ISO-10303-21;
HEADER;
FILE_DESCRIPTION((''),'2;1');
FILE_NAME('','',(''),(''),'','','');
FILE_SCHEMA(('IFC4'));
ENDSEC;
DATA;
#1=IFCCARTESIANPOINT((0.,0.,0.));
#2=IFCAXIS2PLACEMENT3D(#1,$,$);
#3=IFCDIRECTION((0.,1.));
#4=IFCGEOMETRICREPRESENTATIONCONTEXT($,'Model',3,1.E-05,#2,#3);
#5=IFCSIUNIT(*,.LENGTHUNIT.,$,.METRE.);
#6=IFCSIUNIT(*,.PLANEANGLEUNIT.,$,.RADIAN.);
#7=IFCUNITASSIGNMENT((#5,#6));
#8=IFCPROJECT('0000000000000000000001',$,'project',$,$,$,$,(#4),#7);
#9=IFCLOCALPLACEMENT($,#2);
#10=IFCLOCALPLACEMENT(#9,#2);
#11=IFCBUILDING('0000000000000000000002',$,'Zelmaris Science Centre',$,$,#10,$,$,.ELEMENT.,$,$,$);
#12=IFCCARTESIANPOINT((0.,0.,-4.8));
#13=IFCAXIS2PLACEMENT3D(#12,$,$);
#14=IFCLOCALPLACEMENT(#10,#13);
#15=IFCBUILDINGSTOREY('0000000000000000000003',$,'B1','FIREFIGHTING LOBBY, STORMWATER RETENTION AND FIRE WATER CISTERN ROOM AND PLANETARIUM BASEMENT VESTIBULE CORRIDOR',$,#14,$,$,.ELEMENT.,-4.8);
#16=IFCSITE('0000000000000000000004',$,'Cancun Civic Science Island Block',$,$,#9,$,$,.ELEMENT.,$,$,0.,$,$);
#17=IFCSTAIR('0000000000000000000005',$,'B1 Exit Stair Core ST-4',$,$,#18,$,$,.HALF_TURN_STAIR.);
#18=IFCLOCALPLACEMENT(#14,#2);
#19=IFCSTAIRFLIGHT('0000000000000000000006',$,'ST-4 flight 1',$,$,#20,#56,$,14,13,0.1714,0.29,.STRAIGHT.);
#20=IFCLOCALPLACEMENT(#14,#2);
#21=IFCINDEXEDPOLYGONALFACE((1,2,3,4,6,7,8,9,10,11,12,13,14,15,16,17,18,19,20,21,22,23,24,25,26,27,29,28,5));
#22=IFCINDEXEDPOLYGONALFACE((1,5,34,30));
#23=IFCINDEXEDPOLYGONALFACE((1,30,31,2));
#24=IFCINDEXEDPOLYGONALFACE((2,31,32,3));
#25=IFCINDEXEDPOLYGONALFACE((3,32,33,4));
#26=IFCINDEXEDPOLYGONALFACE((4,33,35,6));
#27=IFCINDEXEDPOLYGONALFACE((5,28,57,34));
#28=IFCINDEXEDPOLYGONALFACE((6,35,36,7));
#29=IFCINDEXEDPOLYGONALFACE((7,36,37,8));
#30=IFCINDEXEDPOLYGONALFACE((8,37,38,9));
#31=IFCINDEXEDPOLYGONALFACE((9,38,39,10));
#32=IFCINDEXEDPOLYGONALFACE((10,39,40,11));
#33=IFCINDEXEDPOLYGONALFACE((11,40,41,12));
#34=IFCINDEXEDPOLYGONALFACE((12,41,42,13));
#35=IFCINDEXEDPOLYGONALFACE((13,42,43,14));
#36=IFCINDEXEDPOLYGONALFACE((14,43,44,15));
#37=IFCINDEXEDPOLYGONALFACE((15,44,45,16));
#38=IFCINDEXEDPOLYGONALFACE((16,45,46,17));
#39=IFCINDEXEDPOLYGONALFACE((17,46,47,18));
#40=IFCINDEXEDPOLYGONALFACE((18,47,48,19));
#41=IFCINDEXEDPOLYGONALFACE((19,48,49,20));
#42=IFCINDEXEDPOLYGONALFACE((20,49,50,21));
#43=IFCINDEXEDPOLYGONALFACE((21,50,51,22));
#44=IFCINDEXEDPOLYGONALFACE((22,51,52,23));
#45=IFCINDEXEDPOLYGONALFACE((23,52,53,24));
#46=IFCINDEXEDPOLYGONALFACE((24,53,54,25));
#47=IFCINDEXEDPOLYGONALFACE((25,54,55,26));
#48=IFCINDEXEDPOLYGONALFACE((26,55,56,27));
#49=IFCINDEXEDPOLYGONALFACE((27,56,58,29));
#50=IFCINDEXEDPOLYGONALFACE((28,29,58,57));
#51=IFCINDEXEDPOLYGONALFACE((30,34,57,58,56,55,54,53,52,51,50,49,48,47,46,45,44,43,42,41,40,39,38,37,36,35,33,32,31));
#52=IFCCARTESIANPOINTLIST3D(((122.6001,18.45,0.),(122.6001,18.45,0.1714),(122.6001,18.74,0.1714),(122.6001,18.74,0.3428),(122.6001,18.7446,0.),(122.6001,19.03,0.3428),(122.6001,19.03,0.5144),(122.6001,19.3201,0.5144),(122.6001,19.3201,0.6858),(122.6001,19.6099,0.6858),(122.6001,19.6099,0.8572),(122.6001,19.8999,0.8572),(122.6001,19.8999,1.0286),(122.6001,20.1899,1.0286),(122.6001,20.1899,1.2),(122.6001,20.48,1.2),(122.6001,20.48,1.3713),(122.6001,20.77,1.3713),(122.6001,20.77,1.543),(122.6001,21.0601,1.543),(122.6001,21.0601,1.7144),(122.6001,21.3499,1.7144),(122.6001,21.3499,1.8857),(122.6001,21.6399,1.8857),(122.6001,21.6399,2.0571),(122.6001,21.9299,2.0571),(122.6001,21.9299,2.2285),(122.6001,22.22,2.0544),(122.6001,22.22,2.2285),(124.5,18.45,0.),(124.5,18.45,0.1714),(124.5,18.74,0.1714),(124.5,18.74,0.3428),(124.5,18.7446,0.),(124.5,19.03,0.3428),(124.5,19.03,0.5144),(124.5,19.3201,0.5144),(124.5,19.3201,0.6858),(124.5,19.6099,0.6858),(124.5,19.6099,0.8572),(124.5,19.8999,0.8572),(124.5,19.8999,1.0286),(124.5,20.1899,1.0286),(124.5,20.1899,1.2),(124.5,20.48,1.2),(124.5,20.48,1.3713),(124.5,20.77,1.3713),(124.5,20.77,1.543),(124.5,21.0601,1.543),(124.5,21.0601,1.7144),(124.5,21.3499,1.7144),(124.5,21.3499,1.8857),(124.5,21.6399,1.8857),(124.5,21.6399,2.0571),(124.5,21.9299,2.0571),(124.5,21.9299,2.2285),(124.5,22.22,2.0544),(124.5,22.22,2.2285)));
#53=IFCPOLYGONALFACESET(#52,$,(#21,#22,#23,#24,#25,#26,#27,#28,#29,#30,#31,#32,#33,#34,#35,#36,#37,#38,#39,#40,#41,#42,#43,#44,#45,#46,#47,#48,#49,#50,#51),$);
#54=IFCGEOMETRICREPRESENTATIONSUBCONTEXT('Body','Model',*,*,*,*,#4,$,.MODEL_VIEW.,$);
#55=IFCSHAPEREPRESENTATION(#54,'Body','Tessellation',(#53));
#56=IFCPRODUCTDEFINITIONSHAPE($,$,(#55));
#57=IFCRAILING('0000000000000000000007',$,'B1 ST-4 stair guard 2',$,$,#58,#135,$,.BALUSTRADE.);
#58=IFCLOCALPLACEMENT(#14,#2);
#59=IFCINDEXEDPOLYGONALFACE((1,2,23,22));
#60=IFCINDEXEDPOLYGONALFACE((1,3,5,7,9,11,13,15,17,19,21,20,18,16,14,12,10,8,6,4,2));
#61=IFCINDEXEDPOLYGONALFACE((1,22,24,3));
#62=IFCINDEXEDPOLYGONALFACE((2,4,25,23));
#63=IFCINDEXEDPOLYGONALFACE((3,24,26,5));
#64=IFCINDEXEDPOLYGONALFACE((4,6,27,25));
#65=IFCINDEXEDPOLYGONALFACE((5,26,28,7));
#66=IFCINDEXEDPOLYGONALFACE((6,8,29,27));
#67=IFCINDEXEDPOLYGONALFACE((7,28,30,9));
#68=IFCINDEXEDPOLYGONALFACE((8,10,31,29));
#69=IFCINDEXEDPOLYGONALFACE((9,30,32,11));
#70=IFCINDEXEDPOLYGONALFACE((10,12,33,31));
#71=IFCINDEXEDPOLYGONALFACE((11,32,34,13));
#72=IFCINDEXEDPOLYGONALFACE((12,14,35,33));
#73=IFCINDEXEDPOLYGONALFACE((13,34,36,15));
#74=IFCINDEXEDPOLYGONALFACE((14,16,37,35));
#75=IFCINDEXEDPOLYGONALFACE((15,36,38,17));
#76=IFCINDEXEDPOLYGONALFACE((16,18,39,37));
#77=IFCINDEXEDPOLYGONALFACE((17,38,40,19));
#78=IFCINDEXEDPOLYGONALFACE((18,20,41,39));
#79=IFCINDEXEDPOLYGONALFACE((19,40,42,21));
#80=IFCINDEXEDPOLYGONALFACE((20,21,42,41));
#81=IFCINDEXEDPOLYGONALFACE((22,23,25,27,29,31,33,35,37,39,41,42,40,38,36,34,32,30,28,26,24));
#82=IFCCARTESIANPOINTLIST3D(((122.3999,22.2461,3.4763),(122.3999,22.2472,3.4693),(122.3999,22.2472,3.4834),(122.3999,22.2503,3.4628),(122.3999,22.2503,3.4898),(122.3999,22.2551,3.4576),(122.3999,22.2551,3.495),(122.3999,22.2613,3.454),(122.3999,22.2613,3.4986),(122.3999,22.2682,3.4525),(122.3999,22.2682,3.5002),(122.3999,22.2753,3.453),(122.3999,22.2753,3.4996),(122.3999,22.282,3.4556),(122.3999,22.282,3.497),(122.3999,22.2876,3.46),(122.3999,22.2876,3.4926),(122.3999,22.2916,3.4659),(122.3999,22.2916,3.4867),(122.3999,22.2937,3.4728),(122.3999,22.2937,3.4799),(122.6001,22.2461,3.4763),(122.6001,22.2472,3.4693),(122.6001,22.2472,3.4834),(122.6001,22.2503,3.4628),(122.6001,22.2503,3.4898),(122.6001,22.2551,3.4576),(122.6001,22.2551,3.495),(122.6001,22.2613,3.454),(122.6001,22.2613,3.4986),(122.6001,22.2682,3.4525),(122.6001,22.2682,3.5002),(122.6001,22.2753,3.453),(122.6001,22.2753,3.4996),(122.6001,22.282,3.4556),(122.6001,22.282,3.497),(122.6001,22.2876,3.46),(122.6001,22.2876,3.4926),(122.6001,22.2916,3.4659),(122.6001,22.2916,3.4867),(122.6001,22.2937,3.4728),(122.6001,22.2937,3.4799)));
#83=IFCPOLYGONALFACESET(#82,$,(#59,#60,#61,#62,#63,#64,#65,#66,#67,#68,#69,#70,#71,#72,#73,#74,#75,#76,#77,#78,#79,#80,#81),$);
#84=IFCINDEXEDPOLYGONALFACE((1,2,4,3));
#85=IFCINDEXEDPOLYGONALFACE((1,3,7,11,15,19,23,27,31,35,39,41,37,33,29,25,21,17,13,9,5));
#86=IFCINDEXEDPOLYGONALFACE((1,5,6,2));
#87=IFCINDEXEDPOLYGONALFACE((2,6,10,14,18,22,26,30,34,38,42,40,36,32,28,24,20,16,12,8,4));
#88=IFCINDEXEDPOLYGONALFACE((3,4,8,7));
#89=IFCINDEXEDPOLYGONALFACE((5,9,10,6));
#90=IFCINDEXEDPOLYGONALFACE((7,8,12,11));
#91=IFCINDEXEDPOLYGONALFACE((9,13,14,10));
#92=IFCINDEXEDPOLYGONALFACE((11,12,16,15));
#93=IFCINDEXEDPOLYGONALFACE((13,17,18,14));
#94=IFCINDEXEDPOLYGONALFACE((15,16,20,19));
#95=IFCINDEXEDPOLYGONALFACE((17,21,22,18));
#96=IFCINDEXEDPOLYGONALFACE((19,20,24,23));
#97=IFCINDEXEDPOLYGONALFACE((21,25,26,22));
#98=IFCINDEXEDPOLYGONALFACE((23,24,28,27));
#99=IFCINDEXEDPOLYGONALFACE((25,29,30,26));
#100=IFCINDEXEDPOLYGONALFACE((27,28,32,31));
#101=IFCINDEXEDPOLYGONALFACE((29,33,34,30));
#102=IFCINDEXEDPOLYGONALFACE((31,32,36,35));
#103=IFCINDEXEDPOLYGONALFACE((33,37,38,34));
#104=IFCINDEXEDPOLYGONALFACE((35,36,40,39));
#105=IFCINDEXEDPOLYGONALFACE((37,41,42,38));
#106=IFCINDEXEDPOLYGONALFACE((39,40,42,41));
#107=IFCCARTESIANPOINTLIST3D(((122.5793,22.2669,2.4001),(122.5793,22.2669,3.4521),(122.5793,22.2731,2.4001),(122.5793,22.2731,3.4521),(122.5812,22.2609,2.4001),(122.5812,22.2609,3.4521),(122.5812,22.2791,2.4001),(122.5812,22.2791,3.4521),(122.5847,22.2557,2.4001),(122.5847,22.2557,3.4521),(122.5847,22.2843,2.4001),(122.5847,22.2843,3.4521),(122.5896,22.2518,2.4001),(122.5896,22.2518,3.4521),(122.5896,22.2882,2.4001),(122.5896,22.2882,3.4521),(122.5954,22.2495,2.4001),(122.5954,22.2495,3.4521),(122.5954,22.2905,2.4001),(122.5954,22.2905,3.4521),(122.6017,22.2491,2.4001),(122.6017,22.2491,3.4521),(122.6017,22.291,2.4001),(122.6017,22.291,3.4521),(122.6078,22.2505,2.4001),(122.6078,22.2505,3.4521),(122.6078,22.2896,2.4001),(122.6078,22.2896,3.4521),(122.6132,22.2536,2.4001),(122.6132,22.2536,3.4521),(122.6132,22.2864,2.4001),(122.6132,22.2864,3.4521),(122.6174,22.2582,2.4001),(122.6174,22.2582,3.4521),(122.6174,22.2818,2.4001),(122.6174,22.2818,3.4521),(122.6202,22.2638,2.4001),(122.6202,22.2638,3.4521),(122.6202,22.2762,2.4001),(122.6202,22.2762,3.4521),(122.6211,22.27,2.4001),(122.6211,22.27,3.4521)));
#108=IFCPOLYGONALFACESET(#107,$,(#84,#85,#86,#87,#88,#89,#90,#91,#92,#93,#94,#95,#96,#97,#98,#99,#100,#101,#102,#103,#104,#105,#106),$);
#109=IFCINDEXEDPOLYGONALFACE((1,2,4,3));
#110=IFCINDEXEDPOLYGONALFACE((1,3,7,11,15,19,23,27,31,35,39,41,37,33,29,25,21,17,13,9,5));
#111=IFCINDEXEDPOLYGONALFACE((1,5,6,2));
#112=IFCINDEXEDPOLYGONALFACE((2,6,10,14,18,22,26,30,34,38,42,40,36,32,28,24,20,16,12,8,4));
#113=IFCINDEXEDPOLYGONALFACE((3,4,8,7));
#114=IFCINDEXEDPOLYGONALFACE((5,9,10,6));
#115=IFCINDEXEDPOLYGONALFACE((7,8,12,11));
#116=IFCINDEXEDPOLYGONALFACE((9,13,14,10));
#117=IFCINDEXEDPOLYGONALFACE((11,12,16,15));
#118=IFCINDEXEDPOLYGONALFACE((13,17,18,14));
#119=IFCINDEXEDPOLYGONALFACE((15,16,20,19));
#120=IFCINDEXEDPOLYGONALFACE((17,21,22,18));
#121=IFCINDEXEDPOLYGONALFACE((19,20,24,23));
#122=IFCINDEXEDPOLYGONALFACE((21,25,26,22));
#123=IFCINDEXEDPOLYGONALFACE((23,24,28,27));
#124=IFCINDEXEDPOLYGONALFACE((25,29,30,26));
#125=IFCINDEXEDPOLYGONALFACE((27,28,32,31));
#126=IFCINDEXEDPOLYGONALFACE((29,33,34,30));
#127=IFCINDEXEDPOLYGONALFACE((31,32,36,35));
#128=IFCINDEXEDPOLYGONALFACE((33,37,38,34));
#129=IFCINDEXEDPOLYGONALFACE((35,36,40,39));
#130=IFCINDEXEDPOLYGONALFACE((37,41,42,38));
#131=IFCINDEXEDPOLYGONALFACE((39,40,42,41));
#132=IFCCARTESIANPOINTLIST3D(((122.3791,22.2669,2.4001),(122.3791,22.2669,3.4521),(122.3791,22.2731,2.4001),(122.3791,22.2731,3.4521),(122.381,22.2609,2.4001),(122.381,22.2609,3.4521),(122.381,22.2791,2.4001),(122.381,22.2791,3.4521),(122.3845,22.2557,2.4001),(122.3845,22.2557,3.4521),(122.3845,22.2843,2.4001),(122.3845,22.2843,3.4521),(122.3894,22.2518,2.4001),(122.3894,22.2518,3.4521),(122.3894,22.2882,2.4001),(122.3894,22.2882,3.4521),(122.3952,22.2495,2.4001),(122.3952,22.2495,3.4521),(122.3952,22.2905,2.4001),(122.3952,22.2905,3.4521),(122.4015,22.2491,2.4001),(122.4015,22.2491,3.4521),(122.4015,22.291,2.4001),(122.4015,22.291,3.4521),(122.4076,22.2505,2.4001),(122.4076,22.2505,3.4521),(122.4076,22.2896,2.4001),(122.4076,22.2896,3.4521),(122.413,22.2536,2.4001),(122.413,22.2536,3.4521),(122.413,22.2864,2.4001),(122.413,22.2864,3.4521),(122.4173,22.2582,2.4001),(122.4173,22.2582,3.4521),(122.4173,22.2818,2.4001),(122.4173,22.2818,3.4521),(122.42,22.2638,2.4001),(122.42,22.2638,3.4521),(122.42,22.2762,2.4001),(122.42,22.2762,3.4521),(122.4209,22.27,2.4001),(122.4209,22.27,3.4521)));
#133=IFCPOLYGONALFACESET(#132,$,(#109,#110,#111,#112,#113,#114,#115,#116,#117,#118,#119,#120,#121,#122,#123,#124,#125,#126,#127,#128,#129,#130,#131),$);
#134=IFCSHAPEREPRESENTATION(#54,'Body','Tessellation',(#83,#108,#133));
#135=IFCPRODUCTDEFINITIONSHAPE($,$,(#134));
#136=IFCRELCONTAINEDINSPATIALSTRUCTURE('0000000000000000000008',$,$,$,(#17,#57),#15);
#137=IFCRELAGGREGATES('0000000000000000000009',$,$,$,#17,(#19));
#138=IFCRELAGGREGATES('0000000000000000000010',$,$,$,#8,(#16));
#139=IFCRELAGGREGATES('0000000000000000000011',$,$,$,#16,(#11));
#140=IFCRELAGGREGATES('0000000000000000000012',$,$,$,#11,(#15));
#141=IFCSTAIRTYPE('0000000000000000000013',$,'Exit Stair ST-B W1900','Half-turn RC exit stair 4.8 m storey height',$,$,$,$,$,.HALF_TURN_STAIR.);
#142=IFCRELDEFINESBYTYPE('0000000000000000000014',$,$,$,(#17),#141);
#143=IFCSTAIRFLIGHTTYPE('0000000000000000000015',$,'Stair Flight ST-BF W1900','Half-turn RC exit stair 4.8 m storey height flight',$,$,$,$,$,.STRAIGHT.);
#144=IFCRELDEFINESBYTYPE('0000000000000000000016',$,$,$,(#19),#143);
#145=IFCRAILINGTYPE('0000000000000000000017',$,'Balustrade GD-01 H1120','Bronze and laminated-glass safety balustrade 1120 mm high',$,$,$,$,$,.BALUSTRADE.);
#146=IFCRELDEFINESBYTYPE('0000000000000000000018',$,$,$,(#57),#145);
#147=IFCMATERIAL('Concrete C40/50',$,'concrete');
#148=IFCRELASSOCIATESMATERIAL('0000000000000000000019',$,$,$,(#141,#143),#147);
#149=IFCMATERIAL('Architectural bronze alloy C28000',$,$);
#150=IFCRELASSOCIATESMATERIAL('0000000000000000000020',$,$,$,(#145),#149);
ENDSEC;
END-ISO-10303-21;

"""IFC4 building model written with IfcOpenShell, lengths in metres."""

from ifc_helpers import new_model, si_unit, direction, frame, origin, origin_2d, place, context, subcontext, project, spatial, polyline, circle, outline, extrude, material, type_object, element, aggregate, save


model = new_model("IFC4")

# Units and contexts
model_context = context("Model", 3, precision=1e-05, world=origin(), true_north=direction((0.0, 1.0)))
body_context = subcontext(model_context, "Body", "Model", "MODEL_VIEW")
ifc_project = project(units=[si_unit("LENGTHUNIT", "METRE"), si_unit("PLANEANGLEUNIT", "RADIAN")], contexts=[model_context])

# Site, building, storey
site_placement = place(None, origin())
site = spatial("IfcSite", under=ifc_project, at=site_placement, Name="Cancun Civic Science Island Block", CompositionType="ELEMENT", RefElevation=0.0)
building_placement = place(site_placement, origin())
building = spatial("IfcBuilding", under=site, at=building_placement, Name="Zelmaris Science Centre", CompositionType="ELEMENT")
storey_placement = place(building_placement, frame((0.0, 0.0, -4.8)))
storey = spatial("IfcBuildingStorey", under=building, at=storey_placement, Name="B1", Description="FIREFIGHTING LOBBY, STORMWATER RETENTION AND FIRE WATER CISTERN ROOM AND PLANETARIUM BASEMENT VESTIBULE CORRIDOR", CompositionType="ELEMENT", Elevation=-4.8)

# Shared definitions
ifc_material_1 = material(Name="Concrete C40/50", Category="concrete")

# Stair, stair flight
stair_type = type_object("IfcStairType", Name="Exit Stair ST-B W1900", Description="Half-turn RC exit stair 4.8 m storey height", PredefinedType="HALF_TURN_STAIR", material=ifc_material_1)
stair_placement = place(storey_placement, origin())
stair = element("IfcStair", 1, at=stair_placement, inside=storey, type_object=stair_type, Name="B1 Exit Stair Core ST-4", PredefinedType="HALF_TURN_STAIR")
stair_flight_type = type_object("IfcStairFlightType", Name="Stair Flight ST-BF W1900", Description="Half-turn RC exit stair 4.8 m storey height flight", PredefinedType="STRAIGHT", material=ifc_material_1)
stair_flight_placement = place(storey_placement, frame((123.55, 18.45, 0.0), z_axis=(0.0, 0.0, 1.0), x_axis=(0.0, 1.0, 0.0)))
stair_flight = element("IfcStairFlight", 2, at=stair_flight_placement, type_object=stair_flight_type, Name="ST-4 flight 1", NumberOfRisers=14, NumberOfTreads=13, PredefinedType="STRAIGHT", RiserHeight=0.1714, TreadLength=0.29, context=body_context, shape_type="SweptSolid", body=[
    extrude(outline(polyline([(0.0, 0.0), (0.0, 0.1714), (0.29, 0.1714), (0.29, 0.3428), (0.5801, 0.3428), (0.5801, 0.5144), (0.8701, 0.5144), (0.8701, 0.6858), (1.1599, 0.6858), (1.1599, 0.8572), (1.45, 0.8572), (1.45, 1.0286), (1.74, 1.0286), (1.74, 1.2), (2.03, 1.2), (2.03, 1.3713), (2.3201, 1.3713), (2.3201, 1.543), (2.6101, 1.543), (2.6101, 1.7144), (2.8999, 1.7144), (2.8999, 1.8857), (3.1899, 1.8857), (3.1899, 2.0571), (3.48, 2.0571), (3.48, 2.2285), (3.77, 2.2285), (3.77, 2.3999), (3.77, 2.0544), (0.2947, 0.0), (0.0, 0.0)])), frame((0.0, 0.95, 0.0), z_axis=(0.0, -1.0, 0.0), x_axis=(1.0, 0.0, 0.0)), (0.0, 0.0, 1.0), 1.8999),
])
aggregate(stair, [stair_flight])

# Railing
ifc_material_2 = material(Name="Architectural bronze alloy C28000")
railing_type_1 = type_object("IfcRailingType", Name="Balustrade GD-01 H1120", Description="Bronze and laminated-glass safety balustrade 1120 mm high", PredefinedType="BALUSTRADE", material=ifc_material_2)
railing_1_placement = place(storey_placement, frame((122.6001, 22.27, 2.4001)))
element("IfcRailing", 3, at=railing_1_placement, inside=storey, type_object=railing_type_1, Name="B1 ST-4 stair guard 2", PredefinedType="BALUSTRADE", context=body_context, shape_type="SweptSolid", body=[
    extrude(circle(Radius=0.0239, at=origin_2d()), frame((0.0, 0.0, 1.0762), z_axis=(-1.0, 0.0, 0.0), x_axis=(0.0, -1.0, 0.0)), (0.0, 0.0, 1.0), 0.2002),
    extrude(circle(Radius=0.021, at=origin_2d()), origin(), (0.0, 0.0, 1.0), 1.052),
    extrude(circle(Radius=0.021, at=origin_2d()), frame((-0.2002, 0.0, 0.0)), (0.0, 0.0, 1.0), 1.052),
])

save(model, "model.ifc")
